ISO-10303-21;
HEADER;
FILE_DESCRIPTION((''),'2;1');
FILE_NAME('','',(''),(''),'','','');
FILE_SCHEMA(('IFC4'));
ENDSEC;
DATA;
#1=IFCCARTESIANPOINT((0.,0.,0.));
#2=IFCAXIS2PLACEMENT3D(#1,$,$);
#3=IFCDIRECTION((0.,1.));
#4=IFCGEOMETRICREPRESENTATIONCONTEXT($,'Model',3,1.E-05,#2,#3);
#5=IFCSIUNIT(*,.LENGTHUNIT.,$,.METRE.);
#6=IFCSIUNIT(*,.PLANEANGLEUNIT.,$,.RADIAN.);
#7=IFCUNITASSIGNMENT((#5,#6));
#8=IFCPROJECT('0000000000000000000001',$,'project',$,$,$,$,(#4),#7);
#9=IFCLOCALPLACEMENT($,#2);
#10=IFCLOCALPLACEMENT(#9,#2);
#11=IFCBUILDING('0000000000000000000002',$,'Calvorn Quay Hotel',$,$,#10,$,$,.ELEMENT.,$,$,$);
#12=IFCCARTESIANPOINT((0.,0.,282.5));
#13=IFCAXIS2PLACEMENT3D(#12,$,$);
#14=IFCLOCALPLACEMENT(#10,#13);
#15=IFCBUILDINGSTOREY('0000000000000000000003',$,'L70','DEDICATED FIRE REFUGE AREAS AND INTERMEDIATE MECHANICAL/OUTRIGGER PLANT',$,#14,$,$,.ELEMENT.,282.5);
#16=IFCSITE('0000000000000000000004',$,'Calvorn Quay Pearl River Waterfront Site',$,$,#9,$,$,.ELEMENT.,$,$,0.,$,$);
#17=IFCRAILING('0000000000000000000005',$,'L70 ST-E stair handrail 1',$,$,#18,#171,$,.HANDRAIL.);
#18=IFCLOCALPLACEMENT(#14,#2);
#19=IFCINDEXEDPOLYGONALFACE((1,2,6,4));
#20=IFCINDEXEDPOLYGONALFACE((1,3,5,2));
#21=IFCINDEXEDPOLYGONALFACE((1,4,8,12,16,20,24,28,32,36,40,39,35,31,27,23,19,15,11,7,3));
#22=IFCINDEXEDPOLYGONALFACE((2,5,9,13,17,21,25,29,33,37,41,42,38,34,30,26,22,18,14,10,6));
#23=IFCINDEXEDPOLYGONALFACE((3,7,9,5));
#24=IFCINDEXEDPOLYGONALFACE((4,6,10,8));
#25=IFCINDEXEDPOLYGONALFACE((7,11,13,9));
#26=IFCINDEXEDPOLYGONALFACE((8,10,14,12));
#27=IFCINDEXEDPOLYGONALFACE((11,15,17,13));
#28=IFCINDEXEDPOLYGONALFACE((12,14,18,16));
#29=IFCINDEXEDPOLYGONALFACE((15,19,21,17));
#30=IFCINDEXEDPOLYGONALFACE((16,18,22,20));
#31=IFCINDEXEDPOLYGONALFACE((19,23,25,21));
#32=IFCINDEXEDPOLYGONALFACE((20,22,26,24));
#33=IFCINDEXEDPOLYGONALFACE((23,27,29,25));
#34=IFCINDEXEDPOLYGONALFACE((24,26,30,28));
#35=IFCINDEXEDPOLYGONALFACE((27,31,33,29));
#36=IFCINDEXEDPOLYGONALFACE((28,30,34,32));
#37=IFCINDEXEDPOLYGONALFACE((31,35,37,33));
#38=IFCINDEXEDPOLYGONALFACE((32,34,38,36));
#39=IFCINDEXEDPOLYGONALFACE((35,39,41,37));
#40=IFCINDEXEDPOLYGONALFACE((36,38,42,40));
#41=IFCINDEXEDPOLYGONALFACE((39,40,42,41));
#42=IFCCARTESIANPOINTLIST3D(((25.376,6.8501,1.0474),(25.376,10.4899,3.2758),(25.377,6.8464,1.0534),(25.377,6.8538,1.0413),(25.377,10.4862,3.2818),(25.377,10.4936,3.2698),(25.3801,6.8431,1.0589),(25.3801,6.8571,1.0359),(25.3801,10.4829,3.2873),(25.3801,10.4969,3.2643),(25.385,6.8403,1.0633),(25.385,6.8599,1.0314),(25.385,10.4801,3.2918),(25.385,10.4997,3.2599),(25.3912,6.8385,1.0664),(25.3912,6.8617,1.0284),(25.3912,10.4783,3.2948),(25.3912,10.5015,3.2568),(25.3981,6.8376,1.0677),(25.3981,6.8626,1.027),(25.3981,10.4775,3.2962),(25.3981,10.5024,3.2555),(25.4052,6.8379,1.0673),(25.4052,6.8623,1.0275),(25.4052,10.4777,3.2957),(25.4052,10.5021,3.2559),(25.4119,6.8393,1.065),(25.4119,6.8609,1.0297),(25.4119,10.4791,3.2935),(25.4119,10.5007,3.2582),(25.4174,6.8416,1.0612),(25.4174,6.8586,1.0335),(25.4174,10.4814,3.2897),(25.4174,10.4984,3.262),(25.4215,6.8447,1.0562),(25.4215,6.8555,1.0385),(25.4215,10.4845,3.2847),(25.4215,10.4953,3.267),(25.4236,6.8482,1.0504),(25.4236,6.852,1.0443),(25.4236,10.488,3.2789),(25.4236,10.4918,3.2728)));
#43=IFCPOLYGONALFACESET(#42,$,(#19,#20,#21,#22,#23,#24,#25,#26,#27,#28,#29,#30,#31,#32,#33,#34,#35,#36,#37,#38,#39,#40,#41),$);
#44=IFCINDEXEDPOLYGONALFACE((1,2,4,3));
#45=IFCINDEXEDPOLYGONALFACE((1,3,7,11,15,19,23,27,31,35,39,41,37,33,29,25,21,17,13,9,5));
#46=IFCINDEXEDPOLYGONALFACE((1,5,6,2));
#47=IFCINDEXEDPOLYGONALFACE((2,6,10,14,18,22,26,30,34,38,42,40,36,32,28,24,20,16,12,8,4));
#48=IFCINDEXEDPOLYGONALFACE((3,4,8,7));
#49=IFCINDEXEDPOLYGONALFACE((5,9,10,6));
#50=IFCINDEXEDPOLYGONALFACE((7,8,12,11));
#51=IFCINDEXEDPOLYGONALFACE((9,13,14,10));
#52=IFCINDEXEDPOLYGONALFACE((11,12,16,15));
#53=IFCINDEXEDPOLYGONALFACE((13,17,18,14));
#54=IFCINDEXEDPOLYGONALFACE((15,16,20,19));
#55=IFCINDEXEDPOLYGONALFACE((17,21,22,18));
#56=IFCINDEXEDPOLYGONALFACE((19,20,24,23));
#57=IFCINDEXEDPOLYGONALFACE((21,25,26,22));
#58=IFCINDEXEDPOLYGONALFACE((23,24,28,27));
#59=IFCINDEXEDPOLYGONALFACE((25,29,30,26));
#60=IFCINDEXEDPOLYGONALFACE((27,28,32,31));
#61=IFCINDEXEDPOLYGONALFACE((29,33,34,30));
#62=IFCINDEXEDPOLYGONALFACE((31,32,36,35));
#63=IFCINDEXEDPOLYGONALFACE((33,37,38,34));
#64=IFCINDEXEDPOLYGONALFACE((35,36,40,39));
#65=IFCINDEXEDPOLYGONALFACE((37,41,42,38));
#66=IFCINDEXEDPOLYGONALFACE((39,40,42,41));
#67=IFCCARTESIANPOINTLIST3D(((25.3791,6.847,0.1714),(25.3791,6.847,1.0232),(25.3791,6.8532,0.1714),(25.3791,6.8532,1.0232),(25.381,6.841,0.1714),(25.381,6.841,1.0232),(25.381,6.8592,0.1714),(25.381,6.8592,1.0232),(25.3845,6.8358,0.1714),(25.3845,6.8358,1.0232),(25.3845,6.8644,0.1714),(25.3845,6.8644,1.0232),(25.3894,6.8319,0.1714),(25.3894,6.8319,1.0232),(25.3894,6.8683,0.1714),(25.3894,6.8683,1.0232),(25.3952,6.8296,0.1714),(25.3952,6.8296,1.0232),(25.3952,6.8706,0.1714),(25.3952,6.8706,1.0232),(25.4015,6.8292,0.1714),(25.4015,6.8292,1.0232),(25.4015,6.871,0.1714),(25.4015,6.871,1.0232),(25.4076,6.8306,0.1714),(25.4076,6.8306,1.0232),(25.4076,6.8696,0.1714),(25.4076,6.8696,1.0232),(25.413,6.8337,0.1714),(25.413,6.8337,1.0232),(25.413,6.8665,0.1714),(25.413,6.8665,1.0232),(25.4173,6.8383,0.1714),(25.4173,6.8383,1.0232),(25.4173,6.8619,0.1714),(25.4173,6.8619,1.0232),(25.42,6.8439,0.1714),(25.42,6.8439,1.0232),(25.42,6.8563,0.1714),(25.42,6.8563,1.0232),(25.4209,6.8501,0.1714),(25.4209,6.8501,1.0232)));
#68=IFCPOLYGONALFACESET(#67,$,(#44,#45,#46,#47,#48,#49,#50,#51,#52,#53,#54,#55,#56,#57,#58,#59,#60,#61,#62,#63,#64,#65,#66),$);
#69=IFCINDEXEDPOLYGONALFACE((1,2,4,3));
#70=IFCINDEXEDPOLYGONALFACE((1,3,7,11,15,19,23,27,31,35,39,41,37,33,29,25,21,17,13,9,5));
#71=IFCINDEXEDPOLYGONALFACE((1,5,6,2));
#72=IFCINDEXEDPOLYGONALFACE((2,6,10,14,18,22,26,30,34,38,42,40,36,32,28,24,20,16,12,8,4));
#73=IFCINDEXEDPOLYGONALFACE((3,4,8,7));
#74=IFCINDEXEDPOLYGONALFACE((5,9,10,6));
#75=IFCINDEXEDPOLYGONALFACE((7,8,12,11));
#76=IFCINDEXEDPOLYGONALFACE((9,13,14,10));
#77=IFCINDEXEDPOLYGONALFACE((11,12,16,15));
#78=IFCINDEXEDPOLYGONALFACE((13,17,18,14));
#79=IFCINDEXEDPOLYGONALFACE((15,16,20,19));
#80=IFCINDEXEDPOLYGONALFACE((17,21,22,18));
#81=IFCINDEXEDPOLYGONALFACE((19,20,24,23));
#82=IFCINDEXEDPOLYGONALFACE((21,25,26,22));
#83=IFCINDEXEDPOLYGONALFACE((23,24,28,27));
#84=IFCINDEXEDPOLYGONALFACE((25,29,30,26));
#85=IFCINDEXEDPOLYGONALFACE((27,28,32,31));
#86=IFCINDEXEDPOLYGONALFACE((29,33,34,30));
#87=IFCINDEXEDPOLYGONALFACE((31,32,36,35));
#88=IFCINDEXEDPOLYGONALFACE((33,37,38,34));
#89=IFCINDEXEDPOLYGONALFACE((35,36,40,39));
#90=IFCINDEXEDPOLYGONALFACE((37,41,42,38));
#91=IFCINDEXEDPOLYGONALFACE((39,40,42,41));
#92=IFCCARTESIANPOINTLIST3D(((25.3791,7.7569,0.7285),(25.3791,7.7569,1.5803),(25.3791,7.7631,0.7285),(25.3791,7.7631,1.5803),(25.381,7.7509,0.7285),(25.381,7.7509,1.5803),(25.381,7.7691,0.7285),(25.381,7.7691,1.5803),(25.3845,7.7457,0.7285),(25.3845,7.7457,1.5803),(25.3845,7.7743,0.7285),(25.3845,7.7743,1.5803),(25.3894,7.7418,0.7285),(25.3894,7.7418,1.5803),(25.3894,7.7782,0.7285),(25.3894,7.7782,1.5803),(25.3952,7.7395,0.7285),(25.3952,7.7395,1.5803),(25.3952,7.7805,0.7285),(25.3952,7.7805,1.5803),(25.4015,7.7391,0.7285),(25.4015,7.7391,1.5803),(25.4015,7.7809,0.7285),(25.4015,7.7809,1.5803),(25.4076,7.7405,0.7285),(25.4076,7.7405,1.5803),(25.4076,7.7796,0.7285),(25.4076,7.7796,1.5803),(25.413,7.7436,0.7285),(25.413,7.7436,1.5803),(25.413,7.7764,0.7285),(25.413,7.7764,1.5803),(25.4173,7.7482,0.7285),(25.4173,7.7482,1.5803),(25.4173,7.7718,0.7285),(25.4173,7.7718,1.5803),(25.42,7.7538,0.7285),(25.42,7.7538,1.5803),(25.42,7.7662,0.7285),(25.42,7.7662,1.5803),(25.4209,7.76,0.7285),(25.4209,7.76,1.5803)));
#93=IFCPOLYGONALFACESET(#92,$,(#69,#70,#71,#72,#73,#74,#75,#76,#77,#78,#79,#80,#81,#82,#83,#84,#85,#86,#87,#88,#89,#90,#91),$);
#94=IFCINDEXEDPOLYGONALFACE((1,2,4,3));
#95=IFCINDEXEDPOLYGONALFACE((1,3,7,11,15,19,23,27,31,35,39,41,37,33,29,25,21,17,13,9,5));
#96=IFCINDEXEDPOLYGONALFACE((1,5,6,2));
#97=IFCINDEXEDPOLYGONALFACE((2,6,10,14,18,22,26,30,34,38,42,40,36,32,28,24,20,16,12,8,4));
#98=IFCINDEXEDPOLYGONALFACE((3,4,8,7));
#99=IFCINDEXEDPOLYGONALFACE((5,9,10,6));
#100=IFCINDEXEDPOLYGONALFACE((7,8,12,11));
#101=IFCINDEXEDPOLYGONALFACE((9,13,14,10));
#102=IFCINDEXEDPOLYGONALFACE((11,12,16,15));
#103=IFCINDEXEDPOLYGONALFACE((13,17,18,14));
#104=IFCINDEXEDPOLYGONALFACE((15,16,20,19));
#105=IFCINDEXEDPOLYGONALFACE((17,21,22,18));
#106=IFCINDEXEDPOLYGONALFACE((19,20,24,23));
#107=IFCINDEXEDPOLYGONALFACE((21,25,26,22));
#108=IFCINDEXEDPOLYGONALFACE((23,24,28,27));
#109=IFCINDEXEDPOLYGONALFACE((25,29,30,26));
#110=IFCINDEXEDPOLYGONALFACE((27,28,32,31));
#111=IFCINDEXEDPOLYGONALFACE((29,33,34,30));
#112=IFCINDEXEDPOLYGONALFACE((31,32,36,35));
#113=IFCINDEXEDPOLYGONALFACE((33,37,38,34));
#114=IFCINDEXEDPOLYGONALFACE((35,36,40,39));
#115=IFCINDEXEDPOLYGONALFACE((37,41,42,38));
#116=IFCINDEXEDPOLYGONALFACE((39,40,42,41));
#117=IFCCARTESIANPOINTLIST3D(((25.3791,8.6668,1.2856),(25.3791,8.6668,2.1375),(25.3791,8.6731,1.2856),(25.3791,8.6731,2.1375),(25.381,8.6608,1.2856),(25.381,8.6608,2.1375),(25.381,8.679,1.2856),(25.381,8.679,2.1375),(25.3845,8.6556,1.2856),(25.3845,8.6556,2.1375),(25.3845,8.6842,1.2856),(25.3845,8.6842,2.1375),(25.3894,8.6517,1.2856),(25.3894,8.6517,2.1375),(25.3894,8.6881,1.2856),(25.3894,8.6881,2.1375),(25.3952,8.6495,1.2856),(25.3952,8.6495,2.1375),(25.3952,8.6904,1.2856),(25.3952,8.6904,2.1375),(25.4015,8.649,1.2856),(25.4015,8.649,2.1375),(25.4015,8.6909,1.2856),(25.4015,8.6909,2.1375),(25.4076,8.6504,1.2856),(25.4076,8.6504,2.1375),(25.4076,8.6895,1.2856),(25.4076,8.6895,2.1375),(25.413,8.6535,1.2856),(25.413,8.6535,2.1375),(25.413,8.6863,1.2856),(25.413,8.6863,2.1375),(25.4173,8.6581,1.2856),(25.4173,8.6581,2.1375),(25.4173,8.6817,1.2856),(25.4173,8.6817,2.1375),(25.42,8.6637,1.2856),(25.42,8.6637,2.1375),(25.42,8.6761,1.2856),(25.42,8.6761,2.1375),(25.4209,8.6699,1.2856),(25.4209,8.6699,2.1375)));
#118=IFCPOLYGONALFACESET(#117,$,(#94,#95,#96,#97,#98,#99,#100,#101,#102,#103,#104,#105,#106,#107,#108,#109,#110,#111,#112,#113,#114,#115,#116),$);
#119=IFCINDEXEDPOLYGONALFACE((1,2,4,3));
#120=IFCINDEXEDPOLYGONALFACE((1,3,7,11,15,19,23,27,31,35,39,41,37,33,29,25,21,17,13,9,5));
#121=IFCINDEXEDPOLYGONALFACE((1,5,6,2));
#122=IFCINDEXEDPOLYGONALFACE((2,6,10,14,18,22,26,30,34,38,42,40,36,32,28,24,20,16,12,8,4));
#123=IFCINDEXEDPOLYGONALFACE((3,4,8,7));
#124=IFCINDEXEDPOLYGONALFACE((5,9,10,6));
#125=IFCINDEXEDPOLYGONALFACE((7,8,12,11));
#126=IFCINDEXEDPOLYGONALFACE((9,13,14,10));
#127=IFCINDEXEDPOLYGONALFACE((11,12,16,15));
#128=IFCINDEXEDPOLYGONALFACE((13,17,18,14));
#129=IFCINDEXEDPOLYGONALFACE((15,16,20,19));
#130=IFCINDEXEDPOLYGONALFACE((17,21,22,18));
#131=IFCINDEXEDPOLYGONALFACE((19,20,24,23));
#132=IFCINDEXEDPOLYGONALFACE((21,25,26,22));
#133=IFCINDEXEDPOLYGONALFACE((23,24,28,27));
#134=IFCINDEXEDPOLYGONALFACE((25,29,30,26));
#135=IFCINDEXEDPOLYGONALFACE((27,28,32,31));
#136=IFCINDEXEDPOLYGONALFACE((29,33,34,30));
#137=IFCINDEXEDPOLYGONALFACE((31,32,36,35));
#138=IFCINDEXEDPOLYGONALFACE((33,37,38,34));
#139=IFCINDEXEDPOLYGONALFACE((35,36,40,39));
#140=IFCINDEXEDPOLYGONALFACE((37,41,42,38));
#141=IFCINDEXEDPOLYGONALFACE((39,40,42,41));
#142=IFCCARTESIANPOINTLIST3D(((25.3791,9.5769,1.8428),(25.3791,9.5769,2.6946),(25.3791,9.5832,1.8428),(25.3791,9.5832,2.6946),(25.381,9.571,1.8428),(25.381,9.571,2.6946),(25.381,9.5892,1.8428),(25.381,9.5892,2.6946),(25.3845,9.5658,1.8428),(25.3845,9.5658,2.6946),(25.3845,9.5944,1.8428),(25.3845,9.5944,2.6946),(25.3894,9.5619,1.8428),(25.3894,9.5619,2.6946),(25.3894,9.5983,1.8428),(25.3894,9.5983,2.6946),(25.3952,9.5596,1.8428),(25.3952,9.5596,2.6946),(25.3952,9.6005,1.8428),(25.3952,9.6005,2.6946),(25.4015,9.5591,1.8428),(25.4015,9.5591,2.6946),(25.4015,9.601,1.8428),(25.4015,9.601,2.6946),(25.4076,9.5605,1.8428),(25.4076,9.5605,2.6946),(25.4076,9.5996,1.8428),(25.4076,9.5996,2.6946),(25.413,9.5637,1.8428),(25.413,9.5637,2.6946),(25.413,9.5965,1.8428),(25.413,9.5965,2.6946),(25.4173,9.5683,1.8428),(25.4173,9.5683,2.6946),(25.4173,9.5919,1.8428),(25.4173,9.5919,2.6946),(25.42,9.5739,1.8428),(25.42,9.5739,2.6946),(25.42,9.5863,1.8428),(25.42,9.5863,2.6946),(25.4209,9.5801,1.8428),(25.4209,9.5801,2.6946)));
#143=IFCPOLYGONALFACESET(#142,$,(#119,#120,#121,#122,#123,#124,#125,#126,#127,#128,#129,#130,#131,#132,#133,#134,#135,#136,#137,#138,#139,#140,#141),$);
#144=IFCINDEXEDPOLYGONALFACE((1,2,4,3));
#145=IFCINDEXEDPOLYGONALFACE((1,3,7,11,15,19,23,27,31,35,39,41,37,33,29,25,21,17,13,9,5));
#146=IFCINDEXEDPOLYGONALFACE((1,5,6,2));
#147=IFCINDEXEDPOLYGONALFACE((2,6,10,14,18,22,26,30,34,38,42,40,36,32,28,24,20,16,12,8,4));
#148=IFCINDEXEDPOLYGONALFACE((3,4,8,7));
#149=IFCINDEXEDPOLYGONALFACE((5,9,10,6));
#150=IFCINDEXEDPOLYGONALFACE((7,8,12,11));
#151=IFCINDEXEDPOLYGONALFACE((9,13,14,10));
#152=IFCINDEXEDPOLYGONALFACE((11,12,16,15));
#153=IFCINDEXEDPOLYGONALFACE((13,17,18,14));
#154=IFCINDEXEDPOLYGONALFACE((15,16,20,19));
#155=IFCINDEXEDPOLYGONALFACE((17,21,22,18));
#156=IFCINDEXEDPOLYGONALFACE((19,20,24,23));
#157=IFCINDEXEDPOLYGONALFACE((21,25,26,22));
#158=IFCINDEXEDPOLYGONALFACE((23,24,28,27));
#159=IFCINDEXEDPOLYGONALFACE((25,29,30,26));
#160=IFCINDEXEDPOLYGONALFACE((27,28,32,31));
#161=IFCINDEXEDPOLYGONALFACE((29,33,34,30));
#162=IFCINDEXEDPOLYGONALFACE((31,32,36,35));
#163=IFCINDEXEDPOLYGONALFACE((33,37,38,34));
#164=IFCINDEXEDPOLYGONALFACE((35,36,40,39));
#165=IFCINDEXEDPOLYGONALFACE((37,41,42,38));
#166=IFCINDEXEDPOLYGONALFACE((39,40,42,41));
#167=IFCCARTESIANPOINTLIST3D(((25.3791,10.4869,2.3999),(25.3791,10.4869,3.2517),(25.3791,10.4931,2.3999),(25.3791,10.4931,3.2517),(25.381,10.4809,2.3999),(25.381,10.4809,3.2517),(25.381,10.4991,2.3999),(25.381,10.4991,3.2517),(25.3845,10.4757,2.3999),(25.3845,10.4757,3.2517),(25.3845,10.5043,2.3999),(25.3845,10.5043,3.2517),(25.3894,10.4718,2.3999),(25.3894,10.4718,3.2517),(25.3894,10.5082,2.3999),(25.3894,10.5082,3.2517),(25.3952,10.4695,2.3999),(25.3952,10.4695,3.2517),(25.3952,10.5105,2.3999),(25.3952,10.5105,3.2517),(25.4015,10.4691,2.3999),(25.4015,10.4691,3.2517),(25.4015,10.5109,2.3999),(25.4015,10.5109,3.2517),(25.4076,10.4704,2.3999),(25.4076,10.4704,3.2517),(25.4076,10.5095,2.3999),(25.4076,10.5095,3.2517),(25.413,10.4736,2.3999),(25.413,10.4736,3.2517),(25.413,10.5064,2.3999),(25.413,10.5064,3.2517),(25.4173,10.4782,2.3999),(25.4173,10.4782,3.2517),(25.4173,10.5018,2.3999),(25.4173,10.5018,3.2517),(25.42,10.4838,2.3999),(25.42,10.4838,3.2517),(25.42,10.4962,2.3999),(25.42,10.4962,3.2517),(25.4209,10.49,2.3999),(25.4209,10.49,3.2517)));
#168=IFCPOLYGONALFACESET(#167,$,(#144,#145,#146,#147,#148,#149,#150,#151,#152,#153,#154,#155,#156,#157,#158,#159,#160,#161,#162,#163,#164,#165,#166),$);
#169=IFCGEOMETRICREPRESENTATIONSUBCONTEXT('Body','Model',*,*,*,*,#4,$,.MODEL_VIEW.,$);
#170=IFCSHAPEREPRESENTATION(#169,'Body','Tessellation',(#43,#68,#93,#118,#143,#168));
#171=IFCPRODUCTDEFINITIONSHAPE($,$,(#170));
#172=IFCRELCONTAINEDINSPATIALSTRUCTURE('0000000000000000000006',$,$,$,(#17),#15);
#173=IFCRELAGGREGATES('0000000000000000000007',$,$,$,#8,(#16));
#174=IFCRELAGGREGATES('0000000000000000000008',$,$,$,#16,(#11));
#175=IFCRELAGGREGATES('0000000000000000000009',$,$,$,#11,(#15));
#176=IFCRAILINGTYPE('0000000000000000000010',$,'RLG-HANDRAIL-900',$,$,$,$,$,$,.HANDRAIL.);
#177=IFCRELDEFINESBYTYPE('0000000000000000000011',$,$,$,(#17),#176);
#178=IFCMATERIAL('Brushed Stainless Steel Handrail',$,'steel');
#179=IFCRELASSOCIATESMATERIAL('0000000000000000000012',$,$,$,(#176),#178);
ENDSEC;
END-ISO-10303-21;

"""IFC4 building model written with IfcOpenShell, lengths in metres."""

from ifc_helpers import new_model, si_unit, direction, frame, origin, origin_2d, place, context, subcontext, project, spatial, circle, extrude, material, type_object, element, save


model = new_model("IFC4")

# Units and contexts
model_context = context("Model", 3, precision=1e-05, world=origin(), true_north=direction((0.0, 1.0)))
body_context = subcontext(model_context, "Body", "Model", "MODEL_VIEW")
ifc_project = project(units=[si_unit("LENGTHUNIT", "METRE"), si_unit("PLANEANGLEUNIT", "RADIAN")], contexts=[model_context])

# Site, building, storey
site_placement = place(None, origin())
site = spatial("IfcSite", under=ifc_project, at=site_placement, Name="Calvorn Quay Pearl River Waterfront Site", CompositionType="ELEMENT", RefElevation=0.0)
building_placement = place(site_placement, origin())
building = spatial("IfcBuilding", under=site, at=building_placement, Name="Calvorn Quay Hotel", CompositionType="ELEMENT")
storey_placement = place(building_placement, frame((0.0, 0.0, 282.5)))
storey = spatial("IfcBuildingStorey", under=building, at=storey_placement, Name="L70", Description="DEDICATED FIRE REFUGE AREAS AND INTERMEDIATE MECHANICAL/OUTRIGGER PLANT", CompositionType="ELEMENT", Elevation=282.5)

# Railing
ifc_material_1 = material(Name="Brushed Stainless Steel Handrail", Category="steel")
railing_type_1 = type_object("IfcRailingType", Name="RLG-HANDRAIL-900", PredefinedType="HANDRAIL", material=ifc_material_1)
railing_1_placement = place(storey_placement, frame((25.3999, 6.8501, 0.1714)))
element("IfcRailing", 1, at=railing_1_placement, inside=storey, type_object=railing_type_1, Name="L70 ST-E stair handrail 1", PredefinedType="HANDRAIL", context=body_context, shape_type="SweptSolid", body=[
    extrude(circle(Radius=0.0239, at=origin_2d()), frame((0.0, 0.0, 0.876), z_axis=(0.0, 0.85285, 0.522156), x_axis=(-1.0, 0.0, 0.0)), (0.0, 0.0, 1.0), 4.2678),
    extrude(circle(Radius=0.021, at=origin_2d()), origin(), (0.0, 0.0, 1.0), 0.8518),
    extrude(circle(Radius=0.021, at=origin_2d()), frame((0.0, 0.9099, 0.5571)), (0.0, 0.0, 1.0), 0.8518),
    extrude(circle(Radius=0.021, at=origin_2d()), frame((0.0, 1.8198, 1.1143)), (0.0, 0.0, 1.0), 0.8518),
    extrude(circle(Radius=0.021, at=origin_2d()), frame((0.0, 2.73, 1.6714)), (0.0, 0.0, 1.0), 0.8518),
    extrude(circle(Radius=0.021, at=origin_2d()), frame((0.0, 3.6399, 2.2285)), (0.0, 0.0, 1.0), 0.8518),
])

save(model, "model.ifc")
